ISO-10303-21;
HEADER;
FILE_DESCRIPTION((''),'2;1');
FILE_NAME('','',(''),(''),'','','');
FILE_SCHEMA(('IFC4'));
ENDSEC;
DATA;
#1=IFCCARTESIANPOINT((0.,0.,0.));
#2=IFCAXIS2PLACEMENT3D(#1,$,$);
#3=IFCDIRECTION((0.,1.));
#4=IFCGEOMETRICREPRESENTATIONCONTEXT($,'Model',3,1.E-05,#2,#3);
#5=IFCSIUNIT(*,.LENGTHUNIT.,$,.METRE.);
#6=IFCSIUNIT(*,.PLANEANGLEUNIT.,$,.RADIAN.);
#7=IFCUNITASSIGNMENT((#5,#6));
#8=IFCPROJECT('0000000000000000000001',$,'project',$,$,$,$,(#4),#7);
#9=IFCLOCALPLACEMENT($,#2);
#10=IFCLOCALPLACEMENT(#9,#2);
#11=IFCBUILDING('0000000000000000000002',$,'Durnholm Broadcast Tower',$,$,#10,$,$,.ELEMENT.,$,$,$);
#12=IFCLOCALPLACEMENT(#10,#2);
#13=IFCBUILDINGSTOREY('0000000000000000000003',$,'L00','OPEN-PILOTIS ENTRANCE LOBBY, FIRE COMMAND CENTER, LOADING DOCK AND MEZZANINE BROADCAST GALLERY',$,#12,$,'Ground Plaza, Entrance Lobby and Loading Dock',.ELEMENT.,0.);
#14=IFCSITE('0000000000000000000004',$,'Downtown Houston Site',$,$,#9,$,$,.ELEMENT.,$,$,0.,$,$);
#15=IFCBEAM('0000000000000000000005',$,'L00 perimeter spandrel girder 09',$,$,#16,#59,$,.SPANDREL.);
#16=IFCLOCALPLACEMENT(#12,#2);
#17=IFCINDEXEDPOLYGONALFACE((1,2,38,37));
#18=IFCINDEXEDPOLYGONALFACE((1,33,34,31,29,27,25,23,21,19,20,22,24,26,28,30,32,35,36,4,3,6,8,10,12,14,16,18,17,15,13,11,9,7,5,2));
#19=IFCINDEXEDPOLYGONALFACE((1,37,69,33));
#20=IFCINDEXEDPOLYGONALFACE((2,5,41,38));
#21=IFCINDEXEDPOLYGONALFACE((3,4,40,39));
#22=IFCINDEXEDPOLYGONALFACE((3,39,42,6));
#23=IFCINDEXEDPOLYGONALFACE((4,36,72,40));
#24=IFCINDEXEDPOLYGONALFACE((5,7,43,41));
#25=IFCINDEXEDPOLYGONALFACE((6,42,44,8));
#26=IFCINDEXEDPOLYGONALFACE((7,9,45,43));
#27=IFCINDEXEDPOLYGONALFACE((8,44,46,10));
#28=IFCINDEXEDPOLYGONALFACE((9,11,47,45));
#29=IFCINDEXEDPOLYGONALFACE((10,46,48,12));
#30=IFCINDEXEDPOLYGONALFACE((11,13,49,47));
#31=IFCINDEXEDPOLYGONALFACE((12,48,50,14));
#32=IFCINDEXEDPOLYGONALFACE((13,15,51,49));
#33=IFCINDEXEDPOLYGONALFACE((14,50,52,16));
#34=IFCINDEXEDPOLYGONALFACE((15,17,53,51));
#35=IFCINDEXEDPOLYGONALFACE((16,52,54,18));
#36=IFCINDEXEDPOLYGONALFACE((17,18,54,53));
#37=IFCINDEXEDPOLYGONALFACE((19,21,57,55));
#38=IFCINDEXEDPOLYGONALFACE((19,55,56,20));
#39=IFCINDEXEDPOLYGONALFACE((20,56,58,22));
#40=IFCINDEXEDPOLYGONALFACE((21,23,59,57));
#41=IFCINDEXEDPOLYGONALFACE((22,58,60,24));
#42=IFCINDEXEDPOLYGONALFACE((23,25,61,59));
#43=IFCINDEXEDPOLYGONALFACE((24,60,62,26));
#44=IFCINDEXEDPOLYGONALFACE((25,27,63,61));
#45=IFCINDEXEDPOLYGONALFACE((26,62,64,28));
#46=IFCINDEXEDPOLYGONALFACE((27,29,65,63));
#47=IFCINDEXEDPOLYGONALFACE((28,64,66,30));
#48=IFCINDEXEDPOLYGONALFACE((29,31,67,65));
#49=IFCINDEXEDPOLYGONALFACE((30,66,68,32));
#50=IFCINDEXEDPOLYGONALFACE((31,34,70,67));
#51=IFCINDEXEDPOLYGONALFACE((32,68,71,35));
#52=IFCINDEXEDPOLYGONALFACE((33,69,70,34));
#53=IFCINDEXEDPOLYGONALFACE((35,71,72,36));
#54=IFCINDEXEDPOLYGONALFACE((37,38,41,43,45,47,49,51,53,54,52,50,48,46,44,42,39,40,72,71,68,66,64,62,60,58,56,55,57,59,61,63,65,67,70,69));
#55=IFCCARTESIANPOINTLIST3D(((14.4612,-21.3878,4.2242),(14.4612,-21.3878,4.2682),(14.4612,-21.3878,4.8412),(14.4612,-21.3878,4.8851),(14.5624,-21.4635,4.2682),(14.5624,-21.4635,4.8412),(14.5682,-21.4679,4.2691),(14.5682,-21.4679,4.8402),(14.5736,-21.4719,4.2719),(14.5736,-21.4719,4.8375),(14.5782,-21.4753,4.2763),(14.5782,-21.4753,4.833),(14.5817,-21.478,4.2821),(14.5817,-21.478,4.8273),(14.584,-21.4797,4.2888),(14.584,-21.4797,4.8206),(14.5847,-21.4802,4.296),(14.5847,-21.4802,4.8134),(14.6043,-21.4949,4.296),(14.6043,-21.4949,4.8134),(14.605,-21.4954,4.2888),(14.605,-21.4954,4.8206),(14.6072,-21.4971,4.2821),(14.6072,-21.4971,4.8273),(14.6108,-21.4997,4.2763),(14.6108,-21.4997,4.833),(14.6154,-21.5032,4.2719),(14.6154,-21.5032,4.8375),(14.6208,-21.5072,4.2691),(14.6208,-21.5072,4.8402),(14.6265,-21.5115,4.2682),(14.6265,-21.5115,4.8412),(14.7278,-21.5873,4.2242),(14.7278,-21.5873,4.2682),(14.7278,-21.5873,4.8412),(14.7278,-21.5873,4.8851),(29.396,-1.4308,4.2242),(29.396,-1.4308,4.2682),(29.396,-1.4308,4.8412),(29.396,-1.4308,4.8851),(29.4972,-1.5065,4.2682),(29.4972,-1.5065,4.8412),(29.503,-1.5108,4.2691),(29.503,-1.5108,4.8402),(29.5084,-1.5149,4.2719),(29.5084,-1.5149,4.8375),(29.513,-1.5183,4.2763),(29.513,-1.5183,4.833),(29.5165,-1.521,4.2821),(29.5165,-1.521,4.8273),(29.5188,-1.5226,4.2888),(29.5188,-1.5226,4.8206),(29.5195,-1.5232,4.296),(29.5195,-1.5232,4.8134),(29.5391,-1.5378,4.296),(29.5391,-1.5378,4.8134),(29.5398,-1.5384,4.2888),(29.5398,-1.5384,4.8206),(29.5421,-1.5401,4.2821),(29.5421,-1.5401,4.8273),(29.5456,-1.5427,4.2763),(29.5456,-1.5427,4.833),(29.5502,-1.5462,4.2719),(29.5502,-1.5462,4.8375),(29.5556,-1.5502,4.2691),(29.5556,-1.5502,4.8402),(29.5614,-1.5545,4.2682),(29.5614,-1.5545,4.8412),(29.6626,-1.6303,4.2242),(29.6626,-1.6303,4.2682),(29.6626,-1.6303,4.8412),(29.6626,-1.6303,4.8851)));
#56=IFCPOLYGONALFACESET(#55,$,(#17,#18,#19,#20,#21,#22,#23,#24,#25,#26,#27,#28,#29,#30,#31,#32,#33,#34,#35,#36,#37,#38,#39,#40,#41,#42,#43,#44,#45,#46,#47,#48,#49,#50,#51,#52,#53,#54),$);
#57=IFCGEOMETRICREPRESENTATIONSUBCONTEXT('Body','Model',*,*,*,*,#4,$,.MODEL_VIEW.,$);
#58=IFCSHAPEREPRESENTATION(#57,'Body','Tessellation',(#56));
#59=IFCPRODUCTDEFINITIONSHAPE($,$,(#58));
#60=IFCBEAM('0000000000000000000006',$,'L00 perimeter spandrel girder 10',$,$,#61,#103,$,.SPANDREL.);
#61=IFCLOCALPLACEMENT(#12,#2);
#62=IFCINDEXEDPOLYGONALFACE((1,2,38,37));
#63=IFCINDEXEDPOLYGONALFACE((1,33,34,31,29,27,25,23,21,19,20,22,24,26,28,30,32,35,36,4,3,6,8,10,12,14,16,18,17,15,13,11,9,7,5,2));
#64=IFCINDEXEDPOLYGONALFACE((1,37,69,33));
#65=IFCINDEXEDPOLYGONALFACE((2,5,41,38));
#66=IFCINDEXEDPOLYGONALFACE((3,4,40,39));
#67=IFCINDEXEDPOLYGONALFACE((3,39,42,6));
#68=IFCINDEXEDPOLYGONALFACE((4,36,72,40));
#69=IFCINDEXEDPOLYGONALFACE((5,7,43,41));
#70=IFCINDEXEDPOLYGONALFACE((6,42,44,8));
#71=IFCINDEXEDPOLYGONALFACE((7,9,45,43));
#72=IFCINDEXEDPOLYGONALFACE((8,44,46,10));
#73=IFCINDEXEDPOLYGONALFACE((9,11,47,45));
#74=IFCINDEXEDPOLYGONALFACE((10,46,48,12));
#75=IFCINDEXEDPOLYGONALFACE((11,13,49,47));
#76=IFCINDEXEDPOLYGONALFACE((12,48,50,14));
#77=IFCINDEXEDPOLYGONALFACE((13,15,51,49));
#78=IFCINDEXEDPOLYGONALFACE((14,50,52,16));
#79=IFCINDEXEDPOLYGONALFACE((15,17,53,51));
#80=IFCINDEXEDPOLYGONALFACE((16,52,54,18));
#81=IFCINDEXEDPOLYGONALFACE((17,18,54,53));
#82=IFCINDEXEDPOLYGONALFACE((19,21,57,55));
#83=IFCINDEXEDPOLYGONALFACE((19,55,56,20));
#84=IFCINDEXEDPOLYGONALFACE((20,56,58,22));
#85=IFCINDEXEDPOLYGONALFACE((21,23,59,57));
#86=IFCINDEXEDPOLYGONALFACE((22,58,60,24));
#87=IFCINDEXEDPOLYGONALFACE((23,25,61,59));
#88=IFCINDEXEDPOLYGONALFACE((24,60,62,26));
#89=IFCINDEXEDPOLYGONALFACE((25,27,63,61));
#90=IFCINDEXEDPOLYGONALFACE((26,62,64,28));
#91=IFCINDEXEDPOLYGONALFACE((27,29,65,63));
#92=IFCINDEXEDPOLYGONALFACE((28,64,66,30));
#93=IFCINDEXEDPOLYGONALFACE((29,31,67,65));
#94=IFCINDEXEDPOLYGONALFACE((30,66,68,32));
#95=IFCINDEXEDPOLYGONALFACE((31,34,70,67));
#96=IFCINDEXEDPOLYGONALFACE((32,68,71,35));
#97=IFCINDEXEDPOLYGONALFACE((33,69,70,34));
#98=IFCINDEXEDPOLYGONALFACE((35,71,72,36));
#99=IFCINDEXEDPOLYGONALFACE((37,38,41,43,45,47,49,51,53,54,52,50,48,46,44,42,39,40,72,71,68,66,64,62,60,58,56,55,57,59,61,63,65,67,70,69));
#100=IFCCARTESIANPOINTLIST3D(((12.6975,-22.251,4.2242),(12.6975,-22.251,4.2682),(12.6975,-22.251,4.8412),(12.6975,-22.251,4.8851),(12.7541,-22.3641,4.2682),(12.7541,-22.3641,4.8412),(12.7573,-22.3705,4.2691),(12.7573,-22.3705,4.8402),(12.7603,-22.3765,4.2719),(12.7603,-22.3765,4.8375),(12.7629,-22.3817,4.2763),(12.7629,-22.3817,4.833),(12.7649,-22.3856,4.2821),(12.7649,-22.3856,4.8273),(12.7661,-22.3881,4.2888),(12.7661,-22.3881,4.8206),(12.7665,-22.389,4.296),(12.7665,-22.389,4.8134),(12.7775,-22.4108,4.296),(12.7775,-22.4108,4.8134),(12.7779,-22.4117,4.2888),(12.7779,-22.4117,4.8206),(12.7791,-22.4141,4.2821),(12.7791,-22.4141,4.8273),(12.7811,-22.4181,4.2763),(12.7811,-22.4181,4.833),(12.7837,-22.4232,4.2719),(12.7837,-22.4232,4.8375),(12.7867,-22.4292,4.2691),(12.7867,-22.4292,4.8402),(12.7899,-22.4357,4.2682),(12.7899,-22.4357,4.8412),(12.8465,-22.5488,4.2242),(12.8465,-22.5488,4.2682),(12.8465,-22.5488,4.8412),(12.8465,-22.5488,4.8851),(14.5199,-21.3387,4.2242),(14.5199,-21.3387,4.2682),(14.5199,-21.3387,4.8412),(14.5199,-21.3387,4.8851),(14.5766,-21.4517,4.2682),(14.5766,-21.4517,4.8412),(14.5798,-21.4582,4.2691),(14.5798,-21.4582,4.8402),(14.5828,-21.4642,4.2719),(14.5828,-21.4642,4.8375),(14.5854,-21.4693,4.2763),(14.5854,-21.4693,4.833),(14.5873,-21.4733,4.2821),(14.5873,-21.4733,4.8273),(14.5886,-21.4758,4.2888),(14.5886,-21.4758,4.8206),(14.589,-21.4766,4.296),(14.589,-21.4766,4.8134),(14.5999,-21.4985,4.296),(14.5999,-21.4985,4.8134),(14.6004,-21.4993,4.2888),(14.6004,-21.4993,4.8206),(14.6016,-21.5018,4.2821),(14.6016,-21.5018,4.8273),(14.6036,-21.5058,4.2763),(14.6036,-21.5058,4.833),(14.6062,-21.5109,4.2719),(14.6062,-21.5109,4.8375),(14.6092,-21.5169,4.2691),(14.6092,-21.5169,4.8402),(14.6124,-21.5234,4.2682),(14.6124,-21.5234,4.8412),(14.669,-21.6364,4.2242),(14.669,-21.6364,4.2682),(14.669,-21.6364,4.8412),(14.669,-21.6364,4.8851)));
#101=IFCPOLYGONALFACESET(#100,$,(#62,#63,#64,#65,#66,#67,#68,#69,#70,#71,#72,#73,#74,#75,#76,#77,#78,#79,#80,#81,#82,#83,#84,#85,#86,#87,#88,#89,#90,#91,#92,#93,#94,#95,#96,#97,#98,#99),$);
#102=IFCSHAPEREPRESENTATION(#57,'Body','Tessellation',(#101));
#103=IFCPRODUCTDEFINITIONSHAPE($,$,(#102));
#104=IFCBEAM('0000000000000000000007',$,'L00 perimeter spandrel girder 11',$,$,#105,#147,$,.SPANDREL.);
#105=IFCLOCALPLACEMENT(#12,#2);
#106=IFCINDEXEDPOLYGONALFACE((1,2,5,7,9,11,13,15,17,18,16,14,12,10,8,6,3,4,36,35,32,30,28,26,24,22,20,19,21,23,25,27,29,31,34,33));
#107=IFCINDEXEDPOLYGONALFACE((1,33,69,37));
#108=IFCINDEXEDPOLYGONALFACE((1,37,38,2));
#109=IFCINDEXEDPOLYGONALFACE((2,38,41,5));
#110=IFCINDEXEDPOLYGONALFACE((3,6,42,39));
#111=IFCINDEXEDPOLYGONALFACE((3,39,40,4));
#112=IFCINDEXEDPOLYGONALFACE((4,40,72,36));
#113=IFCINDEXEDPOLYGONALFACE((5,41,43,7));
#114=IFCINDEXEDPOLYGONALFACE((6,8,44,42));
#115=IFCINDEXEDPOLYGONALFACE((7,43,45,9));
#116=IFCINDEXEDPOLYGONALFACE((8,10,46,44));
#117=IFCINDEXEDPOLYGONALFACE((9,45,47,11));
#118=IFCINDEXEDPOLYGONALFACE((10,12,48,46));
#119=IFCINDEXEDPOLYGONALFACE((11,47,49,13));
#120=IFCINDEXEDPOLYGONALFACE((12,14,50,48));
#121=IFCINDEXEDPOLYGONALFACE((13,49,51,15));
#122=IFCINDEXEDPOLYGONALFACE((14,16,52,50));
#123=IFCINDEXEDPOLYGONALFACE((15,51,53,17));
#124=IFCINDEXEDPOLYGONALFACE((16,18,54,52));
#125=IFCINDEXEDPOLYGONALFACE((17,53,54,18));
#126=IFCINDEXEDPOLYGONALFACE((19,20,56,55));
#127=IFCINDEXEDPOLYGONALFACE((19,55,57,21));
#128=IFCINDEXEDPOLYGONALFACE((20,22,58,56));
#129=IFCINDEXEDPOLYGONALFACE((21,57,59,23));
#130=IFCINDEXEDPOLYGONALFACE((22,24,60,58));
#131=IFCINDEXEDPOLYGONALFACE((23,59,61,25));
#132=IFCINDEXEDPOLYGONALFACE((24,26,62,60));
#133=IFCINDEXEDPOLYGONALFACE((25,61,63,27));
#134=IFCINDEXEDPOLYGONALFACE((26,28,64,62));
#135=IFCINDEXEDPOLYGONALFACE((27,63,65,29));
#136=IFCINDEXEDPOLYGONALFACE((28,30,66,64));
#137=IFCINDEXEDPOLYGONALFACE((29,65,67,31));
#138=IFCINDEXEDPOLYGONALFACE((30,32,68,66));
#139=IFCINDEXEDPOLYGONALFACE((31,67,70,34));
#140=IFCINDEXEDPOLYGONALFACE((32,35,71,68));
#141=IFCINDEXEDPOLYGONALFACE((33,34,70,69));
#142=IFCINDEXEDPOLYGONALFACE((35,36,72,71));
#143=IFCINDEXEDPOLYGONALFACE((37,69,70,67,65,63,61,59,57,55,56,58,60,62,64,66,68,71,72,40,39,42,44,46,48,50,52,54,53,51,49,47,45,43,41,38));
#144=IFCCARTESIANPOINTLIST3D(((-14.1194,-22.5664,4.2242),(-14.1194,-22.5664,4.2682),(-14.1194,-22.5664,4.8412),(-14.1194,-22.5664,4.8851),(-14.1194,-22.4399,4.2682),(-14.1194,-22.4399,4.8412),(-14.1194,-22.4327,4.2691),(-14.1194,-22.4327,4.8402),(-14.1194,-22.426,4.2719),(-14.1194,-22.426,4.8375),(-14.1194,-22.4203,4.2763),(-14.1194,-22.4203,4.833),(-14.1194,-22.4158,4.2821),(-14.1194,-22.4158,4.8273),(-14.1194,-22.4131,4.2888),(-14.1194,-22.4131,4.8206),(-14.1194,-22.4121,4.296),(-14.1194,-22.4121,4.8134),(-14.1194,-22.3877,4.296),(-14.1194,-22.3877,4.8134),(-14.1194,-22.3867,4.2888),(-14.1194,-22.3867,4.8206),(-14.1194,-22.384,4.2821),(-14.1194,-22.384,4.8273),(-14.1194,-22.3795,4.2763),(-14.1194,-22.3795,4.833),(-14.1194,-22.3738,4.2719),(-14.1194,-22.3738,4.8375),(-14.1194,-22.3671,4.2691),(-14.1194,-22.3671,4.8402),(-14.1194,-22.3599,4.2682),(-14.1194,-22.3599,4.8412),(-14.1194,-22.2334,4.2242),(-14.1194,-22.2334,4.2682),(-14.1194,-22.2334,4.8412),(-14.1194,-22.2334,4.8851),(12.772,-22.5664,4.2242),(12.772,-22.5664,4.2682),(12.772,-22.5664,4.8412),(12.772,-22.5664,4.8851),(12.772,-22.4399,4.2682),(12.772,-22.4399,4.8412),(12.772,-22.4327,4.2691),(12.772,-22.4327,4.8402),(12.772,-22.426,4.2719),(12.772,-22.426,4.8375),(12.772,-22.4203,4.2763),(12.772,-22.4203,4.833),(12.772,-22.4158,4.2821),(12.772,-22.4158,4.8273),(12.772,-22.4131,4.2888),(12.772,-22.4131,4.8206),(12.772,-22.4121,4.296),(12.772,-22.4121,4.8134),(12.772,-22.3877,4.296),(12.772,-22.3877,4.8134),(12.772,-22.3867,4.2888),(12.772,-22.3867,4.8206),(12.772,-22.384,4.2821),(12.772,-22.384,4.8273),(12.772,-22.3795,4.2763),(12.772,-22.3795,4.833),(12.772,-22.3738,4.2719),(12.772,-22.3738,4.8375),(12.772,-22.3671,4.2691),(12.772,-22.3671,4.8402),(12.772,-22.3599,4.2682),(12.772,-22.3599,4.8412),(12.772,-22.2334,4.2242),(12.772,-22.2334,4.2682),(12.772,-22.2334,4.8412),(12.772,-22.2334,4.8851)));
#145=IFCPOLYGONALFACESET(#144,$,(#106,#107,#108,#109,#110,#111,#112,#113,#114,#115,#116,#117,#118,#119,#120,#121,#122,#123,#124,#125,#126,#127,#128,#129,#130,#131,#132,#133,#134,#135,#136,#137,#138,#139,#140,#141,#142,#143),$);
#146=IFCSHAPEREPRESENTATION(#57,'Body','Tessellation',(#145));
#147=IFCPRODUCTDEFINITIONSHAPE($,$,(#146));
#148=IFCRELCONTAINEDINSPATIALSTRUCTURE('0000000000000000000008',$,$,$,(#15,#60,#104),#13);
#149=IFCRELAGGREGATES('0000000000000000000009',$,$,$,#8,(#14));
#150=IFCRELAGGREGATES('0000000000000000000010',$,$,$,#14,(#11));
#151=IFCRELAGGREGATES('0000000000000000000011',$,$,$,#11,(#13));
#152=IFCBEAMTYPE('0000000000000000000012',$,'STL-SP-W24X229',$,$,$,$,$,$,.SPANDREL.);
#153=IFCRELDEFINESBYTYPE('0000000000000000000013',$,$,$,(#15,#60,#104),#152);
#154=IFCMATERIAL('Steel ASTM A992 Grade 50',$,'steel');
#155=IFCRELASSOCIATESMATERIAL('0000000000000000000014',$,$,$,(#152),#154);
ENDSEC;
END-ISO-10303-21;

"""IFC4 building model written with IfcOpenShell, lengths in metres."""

from ifc_helpers import new_model, si_unit, direction, frame, origin, origin_2d, place, context, subcontext, project, spatial, i_section, extrude, source, transform, mapped, material, material_profile, profile_set, type_object, type_shapes, element, save


model = new_model("IFC4")

# Units and contexts
model_context = context("Model", 3, precision=1e-05, world=origin(), true_north=direction((0.0, 1.0)))
body_context = subcontext(model_context, "Body", "Model", "MODEL_VIEW")
ifc_project = project(units=[si_unit("LENGTHUNIT", "METRE"), si_unit("PLANEANGLEUNIT", "RADIAN")], contexts=[model_context])

# Site, building, storey
site_placement = place(None, origin())
site = spatial("IfcSite", under=ifc_project, at=site_placement, Name="Downtown Houston Site", CompositionType="ELEMENT", RefElevation=0.0)
building_placement = place(site_placement, origin())
building = spatial("IfcBuilding", under=site, at=building_placement, Name="Durnholm Broadcast Tower", CompositionType="ELEMENT")
storey_placement = place(building_placement, origin())
storey = spatial("IfcBuildingStorey", under=building, at=storey_placement, Name="L00", Description="OPEN-PILOTIS ENTRANCE LOBBY, FIRE COMMAND CENTER, LOADING DOCK AND MEZZANINE BROADCAST GALLERY", LongName="Ground Plaza, Entrance Lobby and Loading Dock", CompositionType="ELEMENT", Elevation=0.0)

# Shared definitions
ifc_material_1 = material(Name="Steel ASTM A992 Grade 50", Category="steel")

# Beams
ifc_material_profile_1 = material_profile(ifc_material_1, i_section(OverallWidth=0.333, OverallDepth=0.6609, WebThickness=0.0244, FlangeThickness=0.0439, FilletRadius=0.0278, at=origin_2d()), Name="W24X229")
ifc_profile_set_1 = profile_set([ifc_material_profile_1], Name="Steel ASTM A992 Grade 50")
beam_type_1 = type_object("IfcBeamType", Name="STL-SP-W24X229", PredefinedType="SPANDREL", material=ifc_profile_set_1)
shared_shape_1 = source(origin(), body_context, "Body", "SweptSolid", [
    extrude(i_section(OverallWidth=0.333, OverallDepth=0.6609, WebThickness=0.0244, FlangeThickness=0.0439, FilletRadius=0.0278, at=origin_2d()), origin(), (0.0, 0.0, 1.0), 24.9265),
])
beam_1_placement = place(storey_placement, frame((29.5293, -1.5305, 4.5547), z_axis=(-0.599153, -0.800634, 0.0), x_axis=(0.800634, -0.599153, 0.0)))
element("IfcBeam", 1, at=beam_1_placement, inside=storey, type_object=beam_type_1, Name="L00 perimeter spandrel girder 09", PredefinedType="SPANDREL", context=body_context, shape_type="MappedRepresentation", body=[
    mapped(shared_shape_1, transform((0.0, 0.0, 0.0), x_axis=(1.0, 0.0, 0.0), y_axis=(0.0, 1.0, 0.0), z_axis=(0.0, 0.0, 1.0), scale=1.0)),
])
shared_shape_2 = source(origin(), body_context, "Body", "SweptSolid", [
    extrude(i_section(OverallWidth=0.333, OverallDepth=0.6609, WebThickness=0.0244, FlangeThickness=0.0439, FilletRadius=0.0278, at=origin_2d()), origin(), (0.0, 0.0, 1.0), 2.0381),
])
beam_2_placement = place(storey_placement, frame((14.5945, -21.4875, 4.5547), z_axis=(-0.894211, -0.447645, 0.0), x_axis=(0.447645, -0.894211, 0.0)))
element("IfcBeam", 2, at=beam_2_placement, inside=storey, type_object=beam_type_1, Name="L00 perimeter spandrel girder 10", PredefinedType="SPANDREL", context=body_context, shape_type="MappedRepresentation", body=[
    mapped(shared_shape_2, transform((0.0, 0.0, 0.0), x_axis=(1.0, 0.0, 0.0), y_axis=(0.0, 1.0, 0.0), z_axis=(0.0, 0.0, 1.0), scale=1.0)),
])
shared_shape_3 = source(origin(), body_context, "Body", "SweptSolid", [
    extrude(i_section(OverallWidth=0.333, OverallDepth=0.6609, WebThickness=0.0244, FlangeThickness=0.0439, FilletRadius=0.0278, at=origin_2d()), origin(), (0.0, 0.0, 1.0), 26.8914),
])
type_shapes(beam_type_1, [shared_shape_1, shared_shape_2, shared_shape_3])
beam_3_placement = place(storey_placement, frame((12.772, -22.3999, 4.5547), z_axis=(-1.0, 0.0, 0.0), x_axis=(0.0, -1.0, 0.0)))
element("IfcBeam", 3, at=beam_3_placement, inside=storey, type_object=beam_type_1, Name="L00 perimeter spandrel girder 11", PredefinedType="SPANDREL", context=body_context, shape_type="MappedRepresentation", body=[
    mapped(shared_shape_3, transform((0.0, 0.0, 0.0), x_axis=(1.0, 0.0, 0.0), y_axis=(0.0, 1.0, 0.0), z_axis=(0.0, 0.0, 1.0), scale=1.0)),
])

save(model, "model.ifc")
